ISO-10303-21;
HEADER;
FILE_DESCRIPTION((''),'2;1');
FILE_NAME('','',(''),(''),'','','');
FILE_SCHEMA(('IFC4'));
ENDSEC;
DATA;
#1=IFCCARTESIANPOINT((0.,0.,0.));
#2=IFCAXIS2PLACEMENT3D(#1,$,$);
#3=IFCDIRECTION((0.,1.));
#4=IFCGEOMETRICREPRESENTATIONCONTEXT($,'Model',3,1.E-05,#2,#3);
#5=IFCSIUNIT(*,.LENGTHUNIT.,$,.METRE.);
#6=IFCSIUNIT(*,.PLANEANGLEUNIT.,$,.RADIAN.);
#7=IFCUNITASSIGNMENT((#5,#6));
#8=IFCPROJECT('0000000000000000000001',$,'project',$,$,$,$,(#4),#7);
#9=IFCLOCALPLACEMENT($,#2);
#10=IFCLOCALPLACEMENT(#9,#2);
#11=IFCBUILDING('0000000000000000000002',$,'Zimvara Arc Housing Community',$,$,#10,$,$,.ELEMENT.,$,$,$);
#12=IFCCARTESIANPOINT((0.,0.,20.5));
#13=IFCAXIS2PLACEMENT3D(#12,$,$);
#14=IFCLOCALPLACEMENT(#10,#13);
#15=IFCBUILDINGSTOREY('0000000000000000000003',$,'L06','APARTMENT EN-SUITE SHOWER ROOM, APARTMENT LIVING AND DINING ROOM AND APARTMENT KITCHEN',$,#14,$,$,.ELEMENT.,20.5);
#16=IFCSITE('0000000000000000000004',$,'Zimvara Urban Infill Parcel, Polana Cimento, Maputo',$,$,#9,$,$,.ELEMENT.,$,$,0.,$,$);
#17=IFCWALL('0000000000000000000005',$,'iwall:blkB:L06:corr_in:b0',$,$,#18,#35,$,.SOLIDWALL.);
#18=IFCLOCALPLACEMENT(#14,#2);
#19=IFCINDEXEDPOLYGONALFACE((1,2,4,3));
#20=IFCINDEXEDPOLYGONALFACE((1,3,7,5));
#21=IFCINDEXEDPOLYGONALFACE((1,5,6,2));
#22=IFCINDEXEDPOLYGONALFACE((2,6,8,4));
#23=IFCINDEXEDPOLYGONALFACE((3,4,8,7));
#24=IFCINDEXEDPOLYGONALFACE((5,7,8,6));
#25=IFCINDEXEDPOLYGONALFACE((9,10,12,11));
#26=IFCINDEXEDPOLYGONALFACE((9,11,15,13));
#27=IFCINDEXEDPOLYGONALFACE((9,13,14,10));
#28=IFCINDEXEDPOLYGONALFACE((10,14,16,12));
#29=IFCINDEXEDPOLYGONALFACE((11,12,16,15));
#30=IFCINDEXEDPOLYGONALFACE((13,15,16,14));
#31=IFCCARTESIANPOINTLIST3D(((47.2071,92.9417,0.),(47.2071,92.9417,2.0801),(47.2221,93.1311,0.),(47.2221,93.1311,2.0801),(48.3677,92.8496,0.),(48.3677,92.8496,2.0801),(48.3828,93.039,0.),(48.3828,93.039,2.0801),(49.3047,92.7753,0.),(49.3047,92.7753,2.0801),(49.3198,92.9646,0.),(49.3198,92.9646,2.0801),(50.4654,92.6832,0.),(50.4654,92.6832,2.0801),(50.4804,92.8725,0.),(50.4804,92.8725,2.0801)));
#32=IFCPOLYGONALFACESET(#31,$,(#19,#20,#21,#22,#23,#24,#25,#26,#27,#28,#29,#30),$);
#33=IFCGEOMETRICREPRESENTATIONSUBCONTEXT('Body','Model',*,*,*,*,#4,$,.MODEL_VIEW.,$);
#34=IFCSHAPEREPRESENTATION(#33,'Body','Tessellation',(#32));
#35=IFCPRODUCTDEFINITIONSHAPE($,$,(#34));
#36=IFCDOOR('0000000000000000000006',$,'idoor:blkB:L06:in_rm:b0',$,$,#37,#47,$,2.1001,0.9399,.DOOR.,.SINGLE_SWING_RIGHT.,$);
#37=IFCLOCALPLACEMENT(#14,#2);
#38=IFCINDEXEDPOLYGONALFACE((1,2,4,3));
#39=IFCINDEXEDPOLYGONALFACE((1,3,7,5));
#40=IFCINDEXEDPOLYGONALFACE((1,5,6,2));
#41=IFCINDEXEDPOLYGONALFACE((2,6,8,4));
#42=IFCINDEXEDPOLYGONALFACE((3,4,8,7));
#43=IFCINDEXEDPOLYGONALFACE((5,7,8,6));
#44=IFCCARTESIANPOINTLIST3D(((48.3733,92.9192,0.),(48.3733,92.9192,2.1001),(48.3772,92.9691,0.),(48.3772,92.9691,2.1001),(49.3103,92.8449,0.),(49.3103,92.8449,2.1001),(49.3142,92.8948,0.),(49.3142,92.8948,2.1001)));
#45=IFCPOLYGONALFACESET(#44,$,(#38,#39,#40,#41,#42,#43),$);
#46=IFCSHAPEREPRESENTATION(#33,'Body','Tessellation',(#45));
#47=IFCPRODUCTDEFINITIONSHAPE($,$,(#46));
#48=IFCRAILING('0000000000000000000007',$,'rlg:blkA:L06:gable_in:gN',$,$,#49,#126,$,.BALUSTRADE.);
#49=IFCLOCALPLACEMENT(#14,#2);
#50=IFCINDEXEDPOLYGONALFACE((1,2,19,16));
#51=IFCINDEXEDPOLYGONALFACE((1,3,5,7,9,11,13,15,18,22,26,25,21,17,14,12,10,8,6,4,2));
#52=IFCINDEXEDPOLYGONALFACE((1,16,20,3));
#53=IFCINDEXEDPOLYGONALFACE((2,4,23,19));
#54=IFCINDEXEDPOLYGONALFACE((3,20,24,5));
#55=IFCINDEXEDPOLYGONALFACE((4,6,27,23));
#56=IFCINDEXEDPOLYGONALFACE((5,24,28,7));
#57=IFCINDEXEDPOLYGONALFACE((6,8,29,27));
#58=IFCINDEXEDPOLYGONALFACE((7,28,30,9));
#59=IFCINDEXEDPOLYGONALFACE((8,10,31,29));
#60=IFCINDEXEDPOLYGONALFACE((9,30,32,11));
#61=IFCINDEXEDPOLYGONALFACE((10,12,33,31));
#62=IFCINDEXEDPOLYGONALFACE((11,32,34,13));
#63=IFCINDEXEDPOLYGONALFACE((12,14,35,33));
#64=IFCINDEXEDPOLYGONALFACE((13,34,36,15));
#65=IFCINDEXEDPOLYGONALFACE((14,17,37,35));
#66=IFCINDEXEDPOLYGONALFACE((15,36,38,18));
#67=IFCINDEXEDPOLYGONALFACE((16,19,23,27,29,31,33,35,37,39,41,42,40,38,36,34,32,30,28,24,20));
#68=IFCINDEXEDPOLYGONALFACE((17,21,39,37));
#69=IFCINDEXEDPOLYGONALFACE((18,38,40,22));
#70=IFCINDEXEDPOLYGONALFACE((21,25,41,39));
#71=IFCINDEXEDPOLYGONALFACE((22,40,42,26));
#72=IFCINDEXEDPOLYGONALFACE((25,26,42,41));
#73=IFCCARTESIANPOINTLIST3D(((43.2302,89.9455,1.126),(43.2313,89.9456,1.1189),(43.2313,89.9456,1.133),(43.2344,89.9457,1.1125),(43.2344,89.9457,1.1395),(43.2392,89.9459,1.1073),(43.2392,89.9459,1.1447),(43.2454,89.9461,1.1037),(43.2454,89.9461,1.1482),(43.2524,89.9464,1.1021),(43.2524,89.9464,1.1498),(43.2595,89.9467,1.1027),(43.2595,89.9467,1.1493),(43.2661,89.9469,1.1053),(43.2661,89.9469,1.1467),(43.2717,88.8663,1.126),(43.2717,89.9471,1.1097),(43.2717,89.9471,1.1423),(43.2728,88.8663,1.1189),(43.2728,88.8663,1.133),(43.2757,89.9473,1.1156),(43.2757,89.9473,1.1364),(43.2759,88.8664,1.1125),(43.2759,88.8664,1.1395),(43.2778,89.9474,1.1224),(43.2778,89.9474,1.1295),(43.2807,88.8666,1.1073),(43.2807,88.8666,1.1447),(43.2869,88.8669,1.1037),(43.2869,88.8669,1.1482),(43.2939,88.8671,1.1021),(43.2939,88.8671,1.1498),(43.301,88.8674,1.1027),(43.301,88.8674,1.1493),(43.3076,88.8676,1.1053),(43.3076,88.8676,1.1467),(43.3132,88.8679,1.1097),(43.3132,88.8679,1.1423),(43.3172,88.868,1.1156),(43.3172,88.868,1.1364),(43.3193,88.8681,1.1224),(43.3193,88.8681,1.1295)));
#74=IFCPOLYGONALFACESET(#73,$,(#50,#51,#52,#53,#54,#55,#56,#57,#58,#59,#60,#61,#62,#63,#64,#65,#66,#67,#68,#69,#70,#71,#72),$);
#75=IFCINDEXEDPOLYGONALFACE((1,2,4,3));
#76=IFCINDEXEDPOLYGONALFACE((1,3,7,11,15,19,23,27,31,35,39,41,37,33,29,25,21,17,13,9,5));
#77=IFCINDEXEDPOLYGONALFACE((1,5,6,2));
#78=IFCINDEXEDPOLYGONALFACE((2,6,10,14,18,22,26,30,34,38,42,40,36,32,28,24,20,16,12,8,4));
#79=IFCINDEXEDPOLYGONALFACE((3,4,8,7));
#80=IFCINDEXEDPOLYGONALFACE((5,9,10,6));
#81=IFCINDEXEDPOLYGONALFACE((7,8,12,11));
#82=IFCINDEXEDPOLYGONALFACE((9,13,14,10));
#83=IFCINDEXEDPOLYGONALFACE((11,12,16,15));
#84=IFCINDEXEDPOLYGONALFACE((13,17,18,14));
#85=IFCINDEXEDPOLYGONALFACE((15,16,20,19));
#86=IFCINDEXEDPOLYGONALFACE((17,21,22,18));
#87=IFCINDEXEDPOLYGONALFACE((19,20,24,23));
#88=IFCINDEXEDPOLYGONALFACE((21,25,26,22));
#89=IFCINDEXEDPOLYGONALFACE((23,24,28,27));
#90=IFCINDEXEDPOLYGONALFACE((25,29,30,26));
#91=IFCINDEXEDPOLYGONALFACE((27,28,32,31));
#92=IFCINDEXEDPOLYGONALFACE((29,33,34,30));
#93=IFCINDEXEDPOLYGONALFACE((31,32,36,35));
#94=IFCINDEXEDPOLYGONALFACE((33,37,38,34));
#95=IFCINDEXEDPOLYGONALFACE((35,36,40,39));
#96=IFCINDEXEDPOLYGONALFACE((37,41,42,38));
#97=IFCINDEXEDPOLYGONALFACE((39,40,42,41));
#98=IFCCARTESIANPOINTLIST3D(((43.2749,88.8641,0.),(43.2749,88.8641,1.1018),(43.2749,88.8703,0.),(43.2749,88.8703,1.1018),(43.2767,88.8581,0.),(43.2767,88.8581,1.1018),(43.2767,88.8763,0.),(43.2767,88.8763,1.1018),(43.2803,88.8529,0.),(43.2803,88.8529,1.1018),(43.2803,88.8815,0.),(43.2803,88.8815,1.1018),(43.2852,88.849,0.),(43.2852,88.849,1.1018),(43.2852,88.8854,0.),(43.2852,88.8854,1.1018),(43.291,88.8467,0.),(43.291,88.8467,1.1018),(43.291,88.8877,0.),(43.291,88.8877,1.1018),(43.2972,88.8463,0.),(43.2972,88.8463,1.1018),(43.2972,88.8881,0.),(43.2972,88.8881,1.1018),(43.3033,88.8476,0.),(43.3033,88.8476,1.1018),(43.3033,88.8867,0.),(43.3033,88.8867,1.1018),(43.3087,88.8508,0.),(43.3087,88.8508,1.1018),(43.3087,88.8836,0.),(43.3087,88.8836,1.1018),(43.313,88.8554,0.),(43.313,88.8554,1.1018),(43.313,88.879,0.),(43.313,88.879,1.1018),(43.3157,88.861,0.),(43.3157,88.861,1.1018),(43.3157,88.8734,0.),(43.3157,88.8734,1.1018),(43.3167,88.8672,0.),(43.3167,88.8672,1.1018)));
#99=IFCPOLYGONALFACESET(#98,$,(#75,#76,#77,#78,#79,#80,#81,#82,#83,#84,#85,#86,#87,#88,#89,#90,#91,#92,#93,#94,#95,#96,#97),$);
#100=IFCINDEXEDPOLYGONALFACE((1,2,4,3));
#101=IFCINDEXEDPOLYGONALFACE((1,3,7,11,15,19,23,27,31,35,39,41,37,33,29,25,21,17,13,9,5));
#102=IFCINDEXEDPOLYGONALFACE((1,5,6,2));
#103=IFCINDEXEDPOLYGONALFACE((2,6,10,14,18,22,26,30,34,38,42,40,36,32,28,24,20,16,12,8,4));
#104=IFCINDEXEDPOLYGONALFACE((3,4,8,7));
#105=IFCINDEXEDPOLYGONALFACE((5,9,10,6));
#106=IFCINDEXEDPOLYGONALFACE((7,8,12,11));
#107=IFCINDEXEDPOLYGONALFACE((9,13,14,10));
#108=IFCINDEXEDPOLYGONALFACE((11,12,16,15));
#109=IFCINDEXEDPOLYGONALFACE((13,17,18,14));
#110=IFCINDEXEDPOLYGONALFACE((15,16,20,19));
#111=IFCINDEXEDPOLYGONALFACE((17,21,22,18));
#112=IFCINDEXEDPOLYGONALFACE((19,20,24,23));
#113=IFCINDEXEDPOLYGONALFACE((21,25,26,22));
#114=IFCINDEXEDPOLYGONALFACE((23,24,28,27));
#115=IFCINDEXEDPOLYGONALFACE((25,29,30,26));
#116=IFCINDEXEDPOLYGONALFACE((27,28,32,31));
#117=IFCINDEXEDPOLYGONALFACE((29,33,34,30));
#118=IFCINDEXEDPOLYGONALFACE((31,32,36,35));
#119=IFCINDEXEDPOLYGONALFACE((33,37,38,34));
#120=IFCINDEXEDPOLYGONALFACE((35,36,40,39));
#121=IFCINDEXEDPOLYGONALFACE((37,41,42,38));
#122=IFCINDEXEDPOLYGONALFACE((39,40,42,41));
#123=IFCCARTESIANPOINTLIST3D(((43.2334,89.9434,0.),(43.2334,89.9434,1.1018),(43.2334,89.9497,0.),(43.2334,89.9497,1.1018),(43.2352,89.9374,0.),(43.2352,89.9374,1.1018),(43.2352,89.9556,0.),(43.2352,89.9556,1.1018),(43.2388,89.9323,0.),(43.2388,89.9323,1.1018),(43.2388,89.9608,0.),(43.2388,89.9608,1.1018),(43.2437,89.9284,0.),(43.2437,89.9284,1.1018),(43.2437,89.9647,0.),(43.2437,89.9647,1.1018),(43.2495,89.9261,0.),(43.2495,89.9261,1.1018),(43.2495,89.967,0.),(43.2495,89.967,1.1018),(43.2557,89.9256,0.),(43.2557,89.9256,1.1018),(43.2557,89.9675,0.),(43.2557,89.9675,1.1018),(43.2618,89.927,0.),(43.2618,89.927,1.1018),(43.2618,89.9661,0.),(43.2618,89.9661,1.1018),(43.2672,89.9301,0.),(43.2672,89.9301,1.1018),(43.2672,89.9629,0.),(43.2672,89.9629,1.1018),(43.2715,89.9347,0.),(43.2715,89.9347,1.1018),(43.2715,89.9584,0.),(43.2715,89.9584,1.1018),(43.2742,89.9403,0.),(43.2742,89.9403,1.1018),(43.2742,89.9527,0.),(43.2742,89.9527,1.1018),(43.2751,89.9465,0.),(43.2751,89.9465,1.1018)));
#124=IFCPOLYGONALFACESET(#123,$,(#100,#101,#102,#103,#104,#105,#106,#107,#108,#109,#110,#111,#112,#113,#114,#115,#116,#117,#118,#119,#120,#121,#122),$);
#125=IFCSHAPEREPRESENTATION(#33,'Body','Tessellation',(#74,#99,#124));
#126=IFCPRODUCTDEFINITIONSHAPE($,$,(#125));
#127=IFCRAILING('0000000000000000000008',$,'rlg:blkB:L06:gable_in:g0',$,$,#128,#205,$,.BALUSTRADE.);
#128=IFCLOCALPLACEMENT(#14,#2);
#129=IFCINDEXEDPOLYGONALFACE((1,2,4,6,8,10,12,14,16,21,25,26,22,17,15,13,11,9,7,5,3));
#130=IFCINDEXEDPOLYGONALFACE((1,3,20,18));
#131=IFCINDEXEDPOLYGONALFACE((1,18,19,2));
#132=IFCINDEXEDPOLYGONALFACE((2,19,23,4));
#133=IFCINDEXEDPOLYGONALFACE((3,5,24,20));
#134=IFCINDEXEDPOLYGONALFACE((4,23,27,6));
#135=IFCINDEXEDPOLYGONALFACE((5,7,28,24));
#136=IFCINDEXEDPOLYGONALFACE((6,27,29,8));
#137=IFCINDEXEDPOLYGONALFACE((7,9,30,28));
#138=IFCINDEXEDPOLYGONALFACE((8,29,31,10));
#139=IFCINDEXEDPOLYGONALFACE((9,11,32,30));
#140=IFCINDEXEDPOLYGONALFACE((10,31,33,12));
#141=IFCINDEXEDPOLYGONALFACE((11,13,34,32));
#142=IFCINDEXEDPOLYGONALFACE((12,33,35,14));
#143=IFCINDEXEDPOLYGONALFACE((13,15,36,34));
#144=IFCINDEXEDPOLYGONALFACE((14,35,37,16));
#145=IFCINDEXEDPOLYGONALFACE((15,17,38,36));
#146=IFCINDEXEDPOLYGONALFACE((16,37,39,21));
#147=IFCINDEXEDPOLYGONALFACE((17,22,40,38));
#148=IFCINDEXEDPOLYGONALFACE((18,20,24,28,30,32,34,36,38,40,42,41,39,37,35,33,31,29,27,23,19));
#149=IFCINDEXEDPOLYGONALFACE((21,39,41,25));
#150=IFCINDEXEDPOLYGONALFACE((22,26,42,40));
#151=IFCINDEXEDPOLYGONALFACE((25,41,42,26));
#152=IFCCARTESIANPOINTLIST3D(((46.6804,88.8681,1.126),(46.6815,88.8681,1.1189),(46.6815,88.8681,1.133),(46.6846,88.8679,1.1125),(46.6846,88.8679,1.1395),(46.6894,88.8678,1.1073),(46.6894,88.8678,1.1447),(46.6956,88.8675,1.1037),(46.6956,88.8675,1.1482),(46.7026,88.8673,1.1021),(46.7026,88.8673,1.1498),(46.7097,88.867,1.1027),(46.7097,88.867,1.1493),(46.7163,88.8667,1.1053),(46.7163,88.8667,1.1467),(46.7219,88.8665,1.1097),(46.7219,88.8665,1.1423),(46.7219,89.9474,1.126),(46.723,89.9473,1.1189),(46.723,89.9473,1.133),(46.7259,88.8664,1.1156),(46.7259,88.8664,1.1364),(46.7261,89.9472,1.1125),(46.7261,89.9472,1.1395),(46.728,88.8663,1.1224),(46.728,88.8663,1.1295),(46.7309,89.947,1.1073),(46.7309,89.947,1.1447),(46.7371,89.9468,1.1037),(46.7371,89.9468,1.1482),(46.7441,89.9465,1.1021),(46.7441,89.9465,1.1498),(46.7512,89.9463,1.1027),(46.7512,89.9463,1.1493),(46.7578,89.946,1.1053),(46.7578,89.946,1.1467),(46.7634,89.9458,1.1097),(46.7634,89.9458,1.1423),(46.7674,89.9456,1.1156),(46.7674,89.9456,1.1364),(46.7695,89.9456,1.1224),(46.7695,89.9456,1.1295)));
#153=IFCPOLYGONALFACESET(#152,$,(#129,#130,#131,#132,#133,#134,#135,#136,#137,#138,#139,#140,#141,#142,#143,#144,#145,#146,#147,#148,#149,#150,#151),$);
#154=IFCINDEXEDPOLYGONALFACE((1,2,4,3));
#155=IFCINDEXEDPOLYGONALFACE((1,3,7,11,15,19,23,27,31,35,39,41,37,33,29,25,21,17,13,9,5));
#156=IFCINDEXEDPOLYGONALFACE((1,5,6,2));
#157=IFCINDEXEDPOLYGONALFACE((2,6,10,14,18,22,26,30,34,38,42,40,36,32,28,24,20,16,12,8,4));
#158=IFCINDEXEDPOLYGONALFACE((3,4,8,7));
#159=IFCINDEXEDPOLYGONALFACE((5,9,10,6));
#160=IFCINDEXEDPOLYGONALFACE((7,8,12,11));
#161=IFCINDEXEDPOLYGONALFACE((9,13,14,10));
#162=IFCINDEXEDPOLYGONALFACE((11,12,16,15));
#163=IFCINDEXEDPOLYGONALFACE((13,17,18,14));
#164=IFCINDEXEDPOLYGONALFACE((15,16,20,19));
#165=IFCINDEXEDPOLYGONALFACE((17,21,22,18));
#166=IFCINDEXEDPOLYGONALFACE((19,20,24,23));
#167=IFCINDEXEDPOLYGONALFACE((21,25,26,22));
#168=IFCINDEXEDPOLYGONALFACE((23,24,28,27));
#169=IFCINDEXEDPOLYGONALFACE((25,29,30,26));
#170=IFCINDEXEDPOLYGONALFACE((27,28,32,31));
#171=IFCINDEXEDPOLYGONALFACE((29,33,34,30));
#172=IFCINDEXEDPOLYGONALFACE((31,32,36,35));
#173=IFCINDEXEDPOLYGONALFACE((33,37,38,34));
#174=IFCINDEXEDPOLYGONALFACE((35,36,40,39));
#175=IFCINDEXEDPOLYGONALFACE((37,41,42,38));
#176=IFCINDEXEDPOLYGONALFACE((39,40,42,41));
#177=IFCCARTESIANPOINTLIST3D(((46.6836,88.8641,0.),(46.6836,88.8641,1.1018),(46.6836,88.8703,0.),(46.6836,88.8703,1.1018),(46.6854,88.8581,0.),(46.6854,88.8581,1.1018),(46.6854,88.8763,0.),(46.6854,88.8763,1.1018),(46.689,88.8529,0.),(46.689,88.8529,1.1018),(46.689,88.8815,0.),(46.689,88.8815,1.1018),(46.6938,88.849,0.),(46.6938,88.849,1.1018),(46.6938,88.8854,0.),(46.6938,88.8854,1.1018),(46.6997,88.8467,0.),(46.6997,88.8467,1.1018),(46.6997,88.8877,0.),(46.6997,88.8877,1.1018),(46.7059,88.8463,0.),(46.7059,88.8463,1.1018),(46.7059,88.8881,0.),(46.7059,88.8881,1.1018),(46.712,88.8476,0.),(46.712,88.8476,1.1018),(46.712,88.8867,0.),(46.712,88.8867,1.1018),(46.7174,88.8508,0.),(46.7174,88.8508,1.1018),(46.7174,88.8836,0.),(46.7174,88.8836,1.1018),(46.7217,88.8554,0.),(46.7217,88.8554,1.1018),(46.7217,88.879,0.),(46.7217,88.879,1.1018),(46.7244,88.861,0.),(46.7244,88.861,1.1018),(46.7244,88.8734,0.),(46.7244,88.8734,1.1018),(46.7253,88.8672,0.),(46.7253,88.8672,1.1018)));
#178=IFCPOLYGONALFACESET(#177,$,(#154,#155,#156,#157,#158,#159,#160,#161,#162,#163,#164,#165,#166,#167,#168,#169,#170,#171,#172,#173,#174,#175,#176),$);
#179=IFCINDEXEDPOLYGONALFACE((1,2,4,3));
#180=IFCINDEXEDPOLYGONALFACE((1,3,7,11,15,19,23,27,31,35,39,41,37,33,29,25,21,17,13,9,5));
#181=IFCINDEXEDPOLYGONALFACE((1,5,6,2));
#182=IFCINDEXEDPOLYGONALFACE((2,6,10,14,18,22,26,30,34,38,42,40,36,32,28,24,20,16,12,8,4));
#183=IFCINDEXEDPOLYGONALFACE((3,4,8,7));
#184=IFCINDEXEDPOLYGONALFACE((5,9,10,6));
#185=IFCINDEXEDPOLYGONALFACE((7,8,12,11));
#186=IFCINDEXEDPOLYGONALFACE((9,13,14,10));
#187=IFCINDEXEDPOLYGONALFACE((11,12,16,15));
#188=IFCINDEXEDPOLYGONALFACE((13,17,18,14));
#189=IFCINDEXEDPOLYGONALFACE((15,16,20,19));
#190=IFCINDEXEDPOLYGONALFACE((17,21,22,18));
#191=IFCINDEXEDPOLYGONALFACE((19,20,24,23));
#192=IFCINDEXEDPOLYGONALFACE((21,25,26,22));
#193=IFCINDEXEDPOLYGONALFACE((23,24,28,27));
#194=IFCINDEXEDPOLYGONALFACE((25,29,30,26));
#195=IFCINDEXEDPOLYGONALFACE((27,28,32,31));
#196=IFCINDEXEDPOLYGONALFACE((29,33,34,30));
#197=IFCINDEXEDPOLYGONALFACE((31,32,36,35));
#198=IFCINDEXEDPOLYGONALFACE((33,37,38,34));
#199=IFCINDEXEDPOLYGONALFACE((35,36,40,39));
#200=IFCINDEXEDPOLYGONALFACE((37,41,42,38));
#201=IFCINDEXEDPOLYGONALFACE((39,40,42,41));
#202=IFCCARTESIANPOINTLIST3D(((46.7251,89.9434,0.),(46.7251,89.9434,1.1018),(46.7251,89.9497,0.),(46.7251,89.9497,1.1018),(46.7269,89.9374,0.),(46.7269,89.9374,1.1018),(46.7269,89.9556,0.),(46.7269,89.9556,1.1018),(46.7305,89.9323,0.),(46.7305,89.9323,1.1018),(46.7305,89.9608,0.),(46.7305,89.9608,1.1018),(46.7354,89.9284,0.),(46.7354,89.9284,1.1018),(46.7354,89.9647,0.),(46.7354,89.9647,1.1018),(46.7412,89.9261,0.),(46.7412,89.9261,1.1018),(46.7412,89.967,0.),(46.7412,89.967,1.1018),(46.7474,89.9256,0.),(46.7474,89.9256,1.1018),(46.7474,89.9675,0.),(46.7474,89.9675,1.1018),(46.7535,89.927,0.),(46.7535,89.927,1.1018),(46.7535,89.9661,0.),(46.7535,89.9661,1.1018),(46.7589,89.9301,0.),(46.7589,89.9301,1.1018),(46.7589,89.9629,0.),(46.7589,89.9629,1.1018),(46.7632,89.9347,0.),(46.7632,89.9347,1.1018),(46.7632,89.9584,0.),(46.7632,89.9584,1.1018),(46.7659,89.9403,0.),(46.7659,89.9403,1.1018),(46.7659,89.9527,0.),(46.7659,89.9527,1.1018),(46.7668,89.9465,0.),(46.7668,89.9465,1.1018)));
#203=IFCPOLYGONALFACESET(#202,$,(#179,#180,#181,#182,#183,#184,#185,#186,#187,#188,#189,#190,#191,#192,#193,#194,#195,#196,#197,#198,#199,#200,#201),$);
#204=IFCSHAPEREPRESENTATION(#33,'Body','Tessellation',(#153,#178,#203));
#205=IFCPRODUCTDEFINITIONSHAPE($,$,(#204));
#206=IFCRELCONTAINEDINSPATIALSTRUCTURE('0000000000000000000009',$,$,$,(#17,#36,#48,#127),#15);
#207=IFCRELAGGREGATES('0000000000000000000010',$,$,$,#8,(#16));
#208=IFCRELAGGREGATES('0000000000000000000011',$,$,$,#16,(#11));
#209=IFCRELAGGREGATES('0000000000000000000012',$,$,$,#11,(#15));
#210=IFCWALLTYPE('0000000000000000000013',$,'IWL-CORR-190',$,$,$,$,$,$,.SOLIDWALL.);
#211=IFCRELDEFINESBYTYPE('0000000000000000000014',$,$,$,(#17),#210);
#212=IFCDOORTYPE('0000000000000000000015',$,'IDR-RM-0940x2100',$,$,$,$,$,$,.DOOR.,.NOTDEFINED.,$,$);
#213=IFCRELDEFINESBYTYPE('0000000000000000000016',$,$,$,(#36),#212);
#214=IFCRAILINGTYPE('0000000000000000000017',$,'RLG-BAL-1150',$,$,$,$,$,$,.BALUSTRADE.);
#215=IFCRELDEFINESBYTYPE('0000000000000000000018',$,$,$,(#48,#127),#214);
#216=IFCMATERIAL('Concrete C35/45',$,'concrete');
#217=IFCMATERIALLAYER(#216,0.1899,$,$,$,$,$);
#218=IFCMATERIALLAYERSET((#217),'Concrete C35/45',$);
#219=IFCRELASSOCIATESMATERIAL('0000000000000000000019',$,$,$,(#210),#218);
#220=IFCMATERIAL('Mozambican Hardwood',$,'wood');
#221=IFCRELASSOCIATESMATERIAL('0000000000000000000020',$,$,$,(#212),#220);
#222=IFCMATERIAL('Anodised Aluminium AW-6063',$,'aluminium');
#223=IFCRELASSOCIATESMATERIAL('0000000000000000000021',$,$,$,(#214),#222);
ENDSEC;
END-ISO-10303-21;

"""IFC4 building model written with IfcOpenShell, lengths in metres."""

from ifc_helpers import new_model, si_unit, direction, frame, frame_2d, origin, origin_2d, place, context, subcontext, project, spatial, rectangle, circle, extrude, material, layer, layer_set, type_object, element, fill, save


model = new_model("IFC4")

# Units and contexts
model_context = context("Model", 3, precision=1e-05, world=origin(), true_north=direction((0.0, 1.0)))
body_context = subcontext(model_context, "Body", "Model", "MODEL_VIEW")
ifc_project = project(units=[si_unit("LENGTHUNIT", "METRE"), si_unit("PLANEANGLEUNIT", "RADIAN")], contexts=[model_context])

# Site, building, storey
site_placement = place(None, origin())
site = spatial("IfcSite", under=ifc_project, at=site_placement, Name="Zimvara Urban Infill Parcel, Polana Cimento, Maputo", CompositionType="ELEMENT", RefElevation=0.0)
building_placement = place(site_placement, origin())
building = spatial("IfcBuilding", under=site, at=building_placement, Name="Zimvara Arc Housing Community", CompositionType="ELEMENT")
storey_placement = place(building_placement, frame((0.0, 0.0, 20.5)))
storey = spatial("IfcBuildingStorey", under=building, at=storey_placement, Name="L06", Description="APARTMENT EN-SUITE SHOWER ROOM, APARTMENT LIVING AND DINING ROOM AND APARTMENT KITCHEN", CompositionType="ELEMENT", Elevation=20.5)

# Wall, opening, door
ifc_material_1 = material(Name="Concrete C35/45", Category="concrete")
ifc_layer_1 = layer(ifc_material_1, 0.1899)
ifc_layer_set_1 = layer_set([ifc_layer_1], Name="Concrete C35/45")
wall_type_1 = type_object("IfcWallType", Name="IWL-CORR-190", PredefinedType="SOLIDWALL", material=ifc_layer_set_1)
wall_1_placement = place(storey_placement, frame((47.2146, 93.0364, 0.0), z_axis=(0.0, 0.0, 1.0), x_axis=(0.996867, -0.079101, 0.0)))
wall_1 = element("IfcWall", 1, at=wall_1_placement, inside=storey, type_object=wall_type_1, Name="iwall:blkB:L06:corr_in:b0", PredefinedType="SOLIDWALL", context=body_context, shape_type="SweptSolid", body=[
    extrude(rectangle(XDim=3.2686, YDim=0.1899, at=frame_2d((1.6343, 0.0))), origin(), (0.0, 0.0, 1.0), 2.0801),
])
opening_1_placement = place(wall_1_placement, frame((1.1643, 0.0, 0.0)))
opening_1 = element("IfcOpeningElement", 2, at=opening_1_placement, cuts=wall_1, PredefinedType="OPENING", context=body_context, shape_type="SweptSolid", body=[
    extrude(rectangle(XDim=0.9399, YDim=2.1001, at=frame_2d((0.47, 1.05))), frame((0.0, 0.105, 0.0), z_axis=(0.0, -1.0, 0.0), x_axis=(1.0, 0.0, 0.0)), (0.0, 0.0, 1.0), 0.21),
])
ifc_material_2 = material(Name="Mozambican Hardwood", Category="wood")
door_type_1 = type_object("IfcDoorType", Name="IDR-RM-0940x2100", OperationType="NOTDEFINED", PredefinedType="DOOR", material=ifc_material_2)
door_1_placement = place(opening_1_placement, origin())
door_1 = element("IfcDoor", 3, at=door_1_placement, inside=storey, type_object=door_type_1, Name="idoor:blkB:L06:in_rm:b0", OperationType="SINGLE_SWING_RIGHT", OverallHeight=2.1001, OverallWidth=0.9399, PredefinedType="DOOR", context=body_context, shape_type="SweptSolid", body=[
    extrude(rectangle(XDim=0.9399, YDim=2.1001, at=frame_2d((0.47, 1.05))), frame((0.0, 0.0249, 0.0), z_axis=(0.0, -1.0, 0.0), x_axis=(1.0, 0.0, 0.0)), (0.0, 0.0, 1.0), 0.05),
])
fill(opening_1, door_1)

# Railings
ifc_material_3 = material(Name="Anodised Aluminium AW-6063", Category="aluminium")
railing_type = type_object("IfcRailingType", Name="RLG-BAL-1150", PredefinedType="BALUSTRADE", material=ifc_material_3)
railing_1_placement = place(storey_placement, frame((43.2957, 88.8672, 0.0)))
element("IfcRailing", 4, at=railing_1_placement, inside=storey, type_object=railing_type, Name="rlg:blkA:L06:gable_in:gN", PredefinedType="BALUSTRADE", context=body_context, shape_type="SweptSolid", body=[
    extrude(circle(Radius=0.0239, at=origin_2d()), frame((0.0, 0.0, 1.126), z_axis=(-0.038424, 0.999262, 0.0), x_axis=(-0.999262, -0.038424, 0.0)), (0.0, 0.0, 1.0), 1.0801),
    extrude(circle(Radius=0.021, at=origin_2d()), origin(), (0.0, 0.0, 1.0), 1.1018),
    extrude(circle(Radius=0.021, at=origin_2d()), frame((-0.0415, 1.0793, 0.0)), (0.0, 0.0, 1.0), 1.1018),
])
railing_2_placement = place(storey_placement, frame((46.7043, 88.8672, 0.0)))
element("IfcRailing", 5, at=railing_2_placement, inside=storey, type_object=railing_type, Name="rlg:blkB:L06:gable_in:g0", PredefinedType="BALUSTRADE", context=body_context, shape_type="SweptSolid", body=[
    extrude(circle(Radius=0.0239, at=origin_2d()), frame((0.0, 0.0, 1.126), z_axis=(0.038424, 0.999262, 0.0), x_axis=(-0.999262, 0.038424, 0.0)), (0.0, 0.0, 1.0), 1.0801),
    extrude(circle(Radius=0.021, at=origin_2d()), origin(), (0.0, 0.0, 1.0), 1.1018),
    extrude(circle(Radius=0.021, at=origin_2d()), frame((0.0415, 1.0793, 0.0)), (0.0, 0.0, 1.0), 1.1018),
])

save(model, "model.ifc")
